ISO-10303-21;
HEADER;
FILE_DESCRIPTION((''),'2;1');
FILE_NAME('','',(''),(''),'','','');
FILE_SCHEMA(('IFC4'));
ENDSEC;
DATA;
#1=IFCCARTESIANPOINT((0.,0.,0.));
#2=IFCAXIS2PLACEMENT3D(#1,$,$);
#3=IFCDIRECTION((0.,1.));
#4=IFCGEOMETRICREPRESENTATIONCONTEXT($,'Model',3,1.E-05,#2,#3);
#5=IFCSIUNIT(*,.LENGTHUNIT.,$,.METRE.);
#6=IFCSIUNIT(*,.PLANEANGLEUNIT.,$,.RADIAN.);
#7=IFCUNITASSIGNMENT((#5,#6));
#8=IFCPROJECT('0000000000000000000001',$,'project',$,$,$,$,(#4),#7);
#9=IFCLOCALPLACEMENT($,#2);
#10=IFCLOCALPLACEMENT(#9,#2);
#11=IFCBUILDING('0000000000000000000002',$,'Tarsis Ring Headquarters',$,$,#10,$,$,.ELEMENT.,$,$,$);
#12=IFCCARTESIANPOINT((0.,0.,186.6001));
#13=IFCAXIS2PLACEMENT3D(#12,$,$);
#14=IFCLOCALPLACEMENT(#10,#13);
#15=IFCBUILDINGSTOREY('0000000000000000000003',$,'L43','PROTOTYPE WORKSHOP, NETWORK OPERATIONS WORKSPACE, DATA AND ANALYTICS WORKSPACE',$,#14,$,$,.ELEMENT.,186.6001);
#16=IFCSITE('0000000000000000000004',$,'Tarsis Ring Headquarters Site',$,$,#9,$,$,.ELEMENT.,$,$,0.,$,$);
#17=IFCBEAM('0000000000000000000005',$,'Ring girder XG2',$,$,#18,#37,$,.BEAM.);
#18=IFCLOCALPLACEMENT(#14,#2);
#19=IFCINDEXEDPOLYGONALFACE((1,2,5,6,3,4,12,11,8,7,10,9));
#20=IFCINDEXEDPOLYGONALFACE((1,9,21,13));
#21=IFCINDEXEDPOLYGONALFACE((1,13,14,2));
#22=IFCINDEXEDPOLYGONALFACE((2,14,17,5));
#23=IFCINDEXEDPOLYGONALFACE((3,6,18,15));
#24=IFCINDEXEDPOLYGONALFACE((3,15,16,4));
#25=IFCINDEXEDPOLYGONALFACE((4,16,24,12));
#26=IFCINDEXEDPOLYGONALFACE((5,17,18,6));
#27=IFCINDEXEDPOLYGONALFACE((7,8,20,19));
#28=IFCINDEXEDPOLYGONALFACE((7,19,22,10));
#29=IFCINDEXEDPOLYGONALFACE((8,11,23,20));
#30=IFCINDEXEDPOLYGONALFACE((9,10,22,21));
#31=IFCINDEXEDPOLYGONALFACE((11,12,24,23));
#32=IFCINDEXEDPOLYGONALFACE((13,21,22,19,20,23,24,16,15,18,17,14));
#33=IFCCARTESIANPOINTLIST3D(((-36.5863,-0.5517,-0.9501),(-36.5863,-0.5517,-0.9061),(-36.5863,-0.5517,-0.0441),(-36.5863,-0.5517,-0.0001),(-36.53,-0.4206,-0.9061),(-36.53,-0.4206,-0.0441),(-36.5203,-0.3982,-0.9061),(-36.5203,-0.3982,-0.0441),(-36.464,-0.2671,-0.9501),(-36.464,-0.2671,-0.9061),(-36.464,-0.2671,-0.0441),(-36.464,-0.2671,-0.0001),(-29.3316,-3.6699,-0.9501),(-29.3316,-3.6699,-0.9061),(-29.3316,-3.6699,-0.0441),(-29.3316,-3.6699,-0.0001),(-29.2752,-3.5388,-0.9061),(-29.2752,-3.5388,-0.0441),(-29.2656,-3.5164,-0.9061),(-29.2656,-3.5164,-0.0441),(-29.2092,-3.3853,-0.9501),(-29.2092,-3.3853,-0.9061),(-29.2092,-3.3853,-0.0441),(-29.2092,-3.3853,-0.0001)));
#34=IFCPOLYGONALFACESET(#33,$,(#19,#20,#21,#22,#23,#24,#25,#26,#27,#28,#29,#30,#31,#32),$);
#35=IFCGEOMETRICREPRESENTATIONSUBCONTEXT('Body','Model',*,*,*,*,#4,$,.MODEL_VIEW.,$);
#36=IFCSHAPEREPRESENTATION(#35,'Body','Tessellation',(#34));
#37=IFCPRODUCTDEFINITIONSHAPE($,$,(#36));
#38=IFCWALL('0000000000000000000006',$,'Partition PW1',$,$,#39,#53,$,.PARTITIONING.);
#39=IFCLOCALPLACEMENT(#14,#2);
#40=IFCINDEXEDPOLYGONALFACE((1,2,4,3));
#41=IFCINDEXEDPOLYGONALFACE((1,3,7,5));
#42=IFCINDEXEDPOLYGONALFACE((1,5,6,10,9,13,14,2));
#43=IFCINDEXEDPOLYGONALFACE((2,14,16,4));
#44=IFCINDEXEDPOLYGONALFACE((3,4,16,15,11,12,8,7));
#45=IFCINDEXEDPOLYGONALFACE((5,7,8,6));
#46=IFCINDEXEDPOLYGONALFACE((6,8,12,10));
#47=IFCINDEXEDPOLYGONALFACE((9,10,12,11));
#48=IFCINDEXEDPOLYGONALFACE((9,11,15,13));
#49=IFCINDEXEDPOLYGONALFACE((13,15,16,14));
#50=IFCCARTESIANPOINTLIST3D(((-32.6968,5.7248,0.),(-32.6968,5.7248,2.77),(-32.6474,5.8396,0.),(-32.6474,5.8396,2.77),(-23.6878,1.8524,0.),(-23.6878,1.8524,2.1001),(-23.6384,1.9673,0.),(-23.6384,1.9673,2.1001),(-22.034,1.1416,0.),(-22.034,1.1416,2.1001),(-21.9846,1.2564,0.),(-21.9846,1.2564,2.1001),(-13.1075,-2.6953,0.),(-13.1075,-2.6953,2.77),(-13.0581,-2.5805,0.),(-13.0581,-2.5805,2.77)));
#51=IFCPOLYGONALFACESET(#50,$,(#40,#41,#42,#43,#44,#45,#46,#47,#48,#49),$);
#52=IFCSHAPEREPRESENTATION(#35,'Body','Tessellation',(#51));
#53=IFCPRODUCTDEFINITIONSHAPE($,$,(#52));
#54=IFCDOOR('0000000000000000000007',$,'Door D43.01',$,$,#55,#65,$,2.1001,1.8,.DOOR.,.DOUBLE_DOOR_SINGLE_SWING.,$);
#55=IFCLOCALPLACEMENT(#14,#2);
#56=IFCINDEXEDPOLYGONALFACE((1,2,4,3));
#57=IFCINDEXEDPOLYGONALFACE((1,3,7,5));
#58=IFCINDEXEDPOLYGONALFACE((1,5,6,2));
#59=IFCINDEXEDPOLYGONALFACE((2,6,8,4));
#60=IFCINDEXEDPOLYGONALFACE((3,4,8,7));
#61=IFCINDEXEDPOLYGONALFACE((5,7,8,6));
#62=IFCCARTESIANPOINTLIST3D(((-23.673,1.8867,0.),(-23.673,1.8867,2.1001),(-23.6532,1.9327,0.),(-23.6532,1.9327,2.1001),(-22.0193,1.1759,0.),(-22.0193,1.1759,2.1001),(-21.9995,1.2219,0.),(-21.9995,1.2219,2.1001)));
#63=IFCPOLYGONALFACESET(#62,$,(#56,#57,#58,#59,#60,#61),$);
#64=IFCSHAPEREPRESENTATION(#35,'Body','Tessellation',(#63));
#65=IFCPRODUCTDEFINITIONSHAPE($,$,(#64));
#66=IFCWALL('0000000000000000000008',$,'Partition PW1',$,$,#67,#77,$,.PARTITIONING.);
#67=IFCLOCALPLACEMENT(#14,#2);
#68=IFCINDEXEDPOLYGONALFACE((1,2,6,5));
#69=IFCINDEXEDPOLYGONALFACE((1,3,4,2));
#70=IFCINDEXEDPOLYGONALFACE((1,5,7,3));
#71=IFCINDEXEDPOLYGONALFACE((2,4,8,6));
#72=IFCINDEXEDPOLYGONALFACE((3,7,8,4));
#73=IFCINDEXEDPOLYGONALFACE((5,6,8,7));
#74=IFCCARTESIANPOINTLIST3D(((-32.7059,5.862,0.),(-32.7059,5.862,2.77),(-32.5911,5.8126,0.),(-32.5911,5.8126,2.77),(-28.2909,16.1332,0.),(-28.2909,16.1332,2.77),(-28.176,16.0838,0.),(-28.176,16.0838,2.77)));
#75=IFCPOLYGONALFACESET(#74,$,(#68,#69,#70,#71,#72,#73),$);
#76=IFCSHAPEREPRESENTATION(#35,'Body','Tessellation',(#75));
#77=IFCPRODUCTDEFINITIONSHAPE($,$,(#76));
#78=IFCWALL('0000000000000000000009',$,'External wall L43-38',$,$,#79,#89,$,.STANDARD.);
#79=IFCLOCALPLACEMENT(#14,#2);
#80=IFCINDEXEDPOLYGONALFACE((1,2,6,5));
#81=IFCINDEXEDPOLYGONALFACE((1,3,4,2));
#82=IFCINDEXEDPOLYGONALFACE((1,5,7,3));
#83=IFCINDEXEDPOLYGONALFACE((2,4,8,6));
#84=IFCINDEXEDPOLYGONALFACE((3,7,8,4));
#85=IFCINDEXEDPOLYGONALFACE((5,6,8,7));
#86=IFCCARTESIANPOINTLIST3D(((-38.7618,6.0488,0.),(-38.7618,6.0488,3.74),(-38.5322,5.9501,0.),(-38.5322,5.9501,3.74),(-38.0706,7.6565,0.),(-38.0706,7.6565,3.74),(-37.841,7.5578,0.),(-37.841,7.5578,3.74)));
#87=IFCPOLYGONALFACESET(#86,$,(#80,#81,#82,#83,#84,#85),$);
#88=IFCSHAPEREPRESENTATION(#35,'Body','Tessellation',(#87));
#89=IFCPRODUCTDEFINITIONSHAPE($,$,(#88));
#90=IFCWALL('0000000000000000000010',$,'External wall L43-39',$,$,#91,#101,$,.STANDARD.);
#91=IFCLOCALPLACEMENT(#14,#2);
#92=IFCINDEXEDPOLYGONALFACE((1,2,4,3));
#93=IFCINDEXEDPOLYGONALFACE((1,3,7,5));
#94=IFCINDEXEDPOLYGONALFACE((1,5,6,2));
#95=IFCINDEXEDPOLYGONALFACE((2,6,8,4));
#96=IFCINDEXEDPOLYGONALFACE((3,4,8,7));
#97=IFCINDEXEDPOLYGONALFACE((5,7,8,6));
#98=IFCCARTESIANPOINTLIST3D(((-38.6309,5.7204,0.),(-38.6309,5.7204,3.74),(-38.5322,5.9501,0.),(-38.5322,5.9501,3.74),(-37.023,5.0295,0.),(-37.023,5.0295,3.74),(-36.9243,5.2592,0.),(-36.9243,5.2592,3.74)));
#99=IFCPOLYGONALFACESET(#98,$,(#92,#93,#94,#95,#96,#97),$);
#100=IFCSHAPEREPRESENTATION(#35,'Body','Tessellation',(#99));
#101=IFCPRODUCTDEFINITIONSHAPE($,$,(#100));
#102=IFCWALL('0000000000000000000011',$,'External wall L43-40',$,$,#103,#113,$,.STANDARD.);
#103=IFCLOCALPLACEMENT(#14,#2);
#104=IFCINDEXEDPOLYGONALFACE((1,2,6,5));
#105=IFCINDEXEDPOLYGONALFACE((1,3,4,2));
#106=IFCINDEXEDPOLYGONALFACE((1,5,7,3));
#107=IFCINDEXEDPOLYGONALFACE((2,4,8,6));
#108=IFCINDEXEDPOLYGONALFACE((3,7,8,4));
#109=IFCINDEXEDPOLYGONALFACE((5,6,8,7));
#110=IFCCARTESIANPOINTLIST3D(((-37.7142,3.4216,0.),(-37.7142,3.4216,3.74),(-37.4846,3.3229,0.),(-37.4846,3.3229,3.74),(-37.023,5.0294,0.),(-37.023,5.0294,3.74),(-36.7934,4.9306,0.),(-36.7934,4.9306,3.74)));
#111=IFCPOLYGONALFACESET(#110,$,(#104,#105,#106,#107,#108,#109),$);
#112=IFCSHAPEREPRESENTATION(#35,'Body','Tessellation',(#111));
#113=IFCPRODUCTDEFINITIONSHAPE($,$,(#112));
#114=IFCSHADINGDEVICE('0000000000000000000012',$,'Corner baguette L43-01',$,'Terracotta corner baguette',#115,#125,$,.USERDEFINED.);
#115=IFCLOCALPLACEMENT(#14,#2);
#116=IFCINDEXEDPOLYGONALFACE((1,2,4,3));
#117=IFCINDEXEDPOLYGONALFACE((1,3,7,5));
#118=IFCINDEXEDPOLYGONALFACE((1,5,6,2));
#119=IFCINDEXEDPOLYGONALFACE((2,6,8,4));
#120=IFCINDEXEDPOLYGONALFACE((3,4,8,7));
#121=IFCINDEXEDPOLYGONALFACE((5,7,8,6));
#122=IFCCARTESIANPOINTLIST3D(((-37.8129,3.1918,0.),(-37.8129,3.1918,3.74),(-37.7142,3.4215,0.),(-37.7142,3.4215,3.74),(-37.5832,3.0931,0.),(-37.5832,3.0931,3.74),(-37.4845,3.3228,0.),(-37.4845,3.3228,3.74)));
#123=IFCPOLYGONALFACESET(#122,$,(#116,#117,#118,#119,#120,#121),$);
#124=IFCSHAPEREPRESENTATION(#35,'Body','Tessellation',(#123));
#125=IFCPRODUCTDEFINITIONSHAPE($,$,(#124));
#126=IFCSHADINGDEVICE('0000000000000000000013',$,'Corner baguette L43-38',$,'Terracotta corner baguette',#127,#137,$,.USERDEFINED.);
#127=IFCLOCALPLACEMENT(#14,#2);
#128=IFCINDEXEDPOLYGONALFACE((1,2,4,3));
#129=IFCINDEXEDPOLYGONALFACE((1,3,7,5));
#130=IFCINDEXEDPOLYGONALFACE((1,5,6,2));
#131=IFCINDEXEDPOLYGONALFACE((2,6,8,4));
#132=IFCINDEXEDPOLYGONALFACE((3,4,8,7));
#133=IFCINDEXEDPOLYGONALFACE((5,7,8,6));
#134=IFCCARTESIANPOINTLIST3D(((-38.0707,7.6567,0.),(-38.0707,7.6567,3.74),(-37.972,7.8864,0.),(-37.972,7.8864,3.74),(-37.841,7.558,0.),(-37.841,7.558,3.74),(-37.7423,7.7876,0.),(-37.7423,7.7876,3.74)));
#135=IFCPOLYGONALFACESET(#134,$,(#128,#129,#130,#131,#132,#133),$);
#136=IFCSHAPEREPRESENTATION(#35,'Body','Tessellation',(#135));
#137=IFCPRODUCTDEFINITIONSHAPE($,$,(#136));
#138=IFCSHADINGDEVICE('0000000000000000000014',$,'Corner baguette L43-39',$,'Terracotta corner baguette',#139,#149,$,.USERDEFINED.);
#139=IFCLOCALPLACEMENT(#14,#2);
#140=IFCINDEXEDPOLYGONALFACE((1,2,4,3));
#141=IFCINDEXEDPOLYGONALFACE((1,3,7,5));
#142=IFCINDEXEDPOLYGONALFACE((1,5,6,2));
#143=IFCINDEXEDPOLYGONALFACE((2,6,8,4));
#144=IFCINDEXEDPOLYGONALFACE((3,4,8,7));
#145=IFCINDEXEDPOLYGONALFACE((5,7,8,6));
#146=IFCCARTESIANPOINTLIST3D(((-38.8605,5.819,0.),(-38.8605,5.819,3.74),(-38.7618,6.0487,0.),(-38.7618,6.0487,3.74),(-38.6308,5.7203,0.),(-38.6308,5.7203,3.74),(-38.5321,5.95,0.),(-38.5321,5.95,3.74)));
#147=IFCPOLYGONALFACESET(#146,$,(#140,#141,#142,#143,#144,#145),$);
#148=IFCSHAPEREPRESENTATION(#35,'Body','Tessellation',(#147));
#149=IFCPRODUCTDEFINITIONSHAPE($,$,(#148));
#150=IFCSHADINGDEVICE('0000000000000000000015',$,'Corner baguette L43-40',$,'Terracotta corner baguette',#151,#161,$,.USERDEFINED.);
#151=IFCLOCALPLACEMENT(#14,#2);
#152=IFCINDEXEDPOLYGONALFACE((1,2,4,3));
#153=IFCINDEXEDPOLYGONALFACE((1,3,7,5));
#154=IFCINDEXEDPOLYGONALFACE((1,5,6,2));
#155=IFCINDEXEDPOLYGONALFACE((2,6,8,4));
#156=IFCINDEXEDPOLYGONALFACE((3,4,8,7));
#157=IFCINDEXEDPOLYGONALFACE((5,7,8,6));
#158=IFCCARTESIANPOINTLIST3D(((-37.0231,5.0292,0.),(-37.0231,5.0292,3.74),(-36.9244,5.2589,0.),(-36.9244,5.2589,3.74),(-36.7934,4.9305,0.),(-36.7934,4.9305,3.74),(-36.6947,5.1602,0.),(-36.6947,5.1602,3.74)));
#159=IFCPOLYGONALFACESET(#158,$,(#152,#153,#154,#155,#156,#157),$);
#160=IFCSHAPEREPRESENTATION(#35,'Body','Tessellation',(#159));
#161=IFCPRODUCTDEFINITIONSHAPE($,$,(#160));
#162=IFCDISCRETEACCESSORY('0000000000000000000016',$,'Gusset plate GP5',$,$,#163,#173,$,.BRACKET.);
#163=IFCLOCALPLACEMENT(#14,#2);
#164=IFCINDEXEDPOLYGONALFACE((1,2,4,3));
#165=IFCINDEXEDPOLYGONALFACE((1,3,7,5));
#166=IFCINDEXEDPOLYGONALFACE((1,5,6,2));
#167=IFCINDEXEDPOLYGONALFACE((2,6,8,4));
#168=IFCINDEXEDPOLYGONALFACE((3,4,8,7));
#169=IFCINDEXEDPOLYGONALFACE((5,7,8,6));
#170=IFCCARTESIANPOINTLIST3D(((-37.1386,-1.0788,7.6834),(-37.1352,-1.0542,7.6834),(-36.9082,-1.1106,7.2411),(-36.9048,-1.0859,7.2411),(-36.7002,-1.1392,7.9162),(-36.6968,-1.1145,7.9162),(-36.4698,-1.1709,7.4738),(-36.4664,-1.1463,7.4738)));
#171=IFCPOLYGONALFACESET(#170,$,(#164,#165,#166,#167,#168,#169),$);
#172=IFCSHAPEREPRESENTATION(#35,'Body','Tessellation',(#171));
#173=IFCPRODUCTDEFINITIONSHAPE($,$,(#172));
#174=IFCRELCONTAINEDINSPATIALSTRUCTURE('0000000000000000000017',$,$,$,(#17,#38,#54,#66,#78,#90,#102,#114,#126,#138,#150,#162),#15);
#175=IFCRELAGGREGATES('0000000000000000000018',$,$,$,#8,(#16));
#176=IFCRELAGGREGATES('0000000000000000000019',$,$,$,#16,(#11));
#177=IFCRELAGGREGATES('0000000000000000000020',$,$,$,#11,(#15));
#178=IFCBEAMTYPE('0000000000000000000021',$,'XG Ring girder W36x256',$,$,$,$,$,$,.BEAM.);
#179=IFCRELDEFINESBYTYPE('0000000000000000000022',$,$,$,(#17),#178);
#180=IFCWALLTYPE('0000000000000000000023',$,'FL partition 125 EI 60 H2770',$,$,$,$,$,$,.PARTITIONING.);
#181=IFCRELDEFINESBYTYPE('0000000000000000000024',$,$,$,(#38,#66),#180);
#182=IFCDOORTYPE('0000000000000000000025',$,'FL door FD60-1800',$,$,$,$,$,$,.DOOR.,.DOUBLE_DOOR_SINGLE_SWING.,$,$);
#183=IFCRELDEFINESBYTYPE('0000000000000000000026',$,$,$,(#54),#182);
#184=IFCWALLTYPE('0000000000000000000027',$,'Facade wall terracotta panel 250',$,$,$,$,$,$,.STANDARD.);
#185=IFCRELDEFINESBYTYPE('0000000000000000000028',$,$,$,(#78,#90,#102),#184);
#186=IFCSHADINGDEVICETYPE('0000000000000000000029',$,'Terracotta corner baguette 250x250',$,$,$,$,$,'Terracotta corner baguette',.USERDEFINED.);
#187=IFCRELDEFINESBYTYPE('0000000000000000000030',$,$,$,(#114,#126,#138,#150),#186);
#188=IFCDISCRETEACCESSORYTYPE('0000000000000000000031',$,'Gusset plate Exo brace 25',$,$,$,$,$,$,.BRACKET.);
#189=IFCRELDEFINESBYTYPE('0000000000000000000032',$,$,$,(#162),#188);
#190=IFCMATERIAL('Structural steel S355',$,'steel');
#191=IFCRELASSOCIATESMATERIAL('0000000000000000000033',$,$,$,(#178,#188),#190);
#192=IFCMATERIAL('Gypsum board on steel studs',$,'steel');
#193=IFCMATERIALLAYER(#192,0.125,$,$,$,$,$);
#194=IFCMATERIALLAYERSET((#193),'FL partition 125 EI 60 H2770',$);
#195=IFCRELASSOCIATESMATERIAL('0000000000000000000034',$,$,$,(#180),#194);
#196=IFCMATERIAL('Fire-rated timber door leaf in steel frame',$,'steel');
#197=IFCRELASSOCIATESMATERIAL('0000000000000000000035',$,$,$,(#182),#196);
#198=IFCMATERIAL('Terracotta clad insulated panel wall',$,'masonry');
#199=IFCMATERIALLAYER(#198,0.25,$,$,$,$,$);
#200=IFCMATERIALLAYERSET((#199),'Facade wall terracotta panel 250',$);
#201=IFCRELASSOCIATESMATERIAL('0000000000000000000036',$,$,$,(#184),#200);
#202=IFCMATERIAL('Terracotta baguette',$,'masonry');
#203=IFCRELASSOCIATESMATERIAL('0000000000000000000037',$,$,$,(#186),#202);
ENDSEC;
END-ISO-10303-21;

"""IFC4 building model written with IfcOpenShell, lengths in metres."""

from ifc_helpers import new_model, si_unit, direction, frame, frame_2d, origin, origin_2d, place, context, subcontext, project, spatial, rectangle, i_section, extrude, material, layer, layer_set, material_profile, profile_set, type_object, element, fill, save


model = new_model("IFC4")

# Units and contexts
model_context = context("Model", 3, precision=1e-05, world=origin(), true_north=direction((0.0, 1.0)))
body_context = subcontext(model_context, "Body", "Model", "MODEL_VIEW")
ifc_project = project(units=[si_unit("LENGTHUNIT", "METRE"), si_unit("PLANEANGLEUNIT", "RADIAN")], contexts=[model_context])

# Site, building, storey
site_placement = place(None, origin())
site = spatial("IfcSite", under=ifc_project, at=site_placement, Name="Tarsis Ring Headquarters Site", CompositionType="ELEMENT", RefElevation=0.0)
building_placement = place(site_placement, origin())
building = spatial("IfcBuilding", under=site, at=building_placement, Name="Tarsis Ring Headquarters", CompositionType="ELEMENT")
storey_placement = place(building_placement, frame((0.0, 0.0, 186.6001)))
storey = spatial("IfcBuildingStorey", under=building, at=storey_placement, Name="L43", Description="PROTOTYPE WORKSHOP, NETWORK OPERATIONS WORKSPACE, DATA AND ANALYTICS WORKSPACE", CompositionType="ELEMENT", Elevation=186.6001)

# Shared definitions
ifc_material_1 = material(Name="Structural steel S355", Category="steel")

# Beam
ifc_material_profile_1 = material_profile(ifc_material_1, i_section(OverallWidth=0.3098, OverallDepth=0.95, WebThickness=0.0244, FlangeThickness=0.0439, at=origin_2d()), Name="W36x256")
ifc_profile_set_1 = profile_set([ifc_material_profile_1], Name="Structural steel S355")
beam_type = type_object("IfcBeamType", Name="XG Ring girder W36x256", PredefinedType="BEAM", material=ifc_profile_set_1)
for number, where, z_axis, x_axis, name in (
    (1, (-36.5251, -0.4094, -0.4751), (0.91873, -0.394886, 0.0), (0.394886, 0.91873, 0.0), "Ring girder XG2"),
):
    element("IfcBeam", number, at=place(storey_placement, frame(where, z_axis=z_axis, x_axis=x_axis)), inside=storey, type_object=beam_type, Name=name, PredefinedType="BEAM", context=body_context, shape_type="SweptSolid", body=[
        extrude(i_section(OverallWidth=0.3098, OverallDepth=0.95, WebThickness=0.0244, FlangeThickness=0.0439, at=origin_2d()), origin(), (0.0, 0.0, 1.0), 7.8965),
    ])

# Wall, opening, door
ifc_material_2 = material(Name="Gypsum board on steel studs", Category="steel")
ifc_layer_1 = layer(ifc_material_2, 0.125)
ifc_layer_set_1 = layer_set([ifc_layer_1], Name="FL partition 125 EI 60 H2770")
wall_type_1 = type_object("IfcWallType", Name="FL partition 125 EI 60 H2770", PredefinedType="PARTITIONING", material=ifc_layer_set_1)
wall_1_placement = place(storey_placement, frame((-32.6721, 5.7822, 0.0), z_axis=(0.0, 0.0, 1.0), x_axis=(0.918725, -0.394899, 0.0)))
wall_1 = element("IfcWall", 2, at=wall_1_placement, inside=storey, type_object=wall_type_1, Name="Partition PW1", PredefinedType="PARTITIONING", context=body_context, shape_type="SweptSolid", body=[
    extrude(rectangle(XDim=21.3223, YDim=0.125, at=frame_2d((10.6611, 0.0))), origin(), (0.0, 0.0, 1.0), 2.77),
])
opening_1_placement = place(wall_1_placement, frame((9.8062, 0.0, 0.0)))
opening_1 = element("IfcOpeningElement", 3, at=opening_1_placement, cuts=wall_1, PredefinedType="OPENING", context=body_context, shape_type="SweptSolid", body=[
    extrude(rectangle(XDim=1.8, YDim=2.1001, at=frame_2d((0.8999, 1.05))), frame((0.0, 0.0725, 0.0), z_axis=(0.0, -1.0, 0.0), x_axis=(1.0, 0.0, 0.0)), (0.0, 0.0, 1.0), 0.145),
])
ifc_material_3 = material(Name="Fire-rated timber door leaf in steel frame", Category="steel")
door_type_1 = type_object("IfcDoorType", Name="FL door FD60-1800", OperationType="DOUBLE_DOOR_SINGLE_SWING", PredefinedType="DOOR", material=ifc_material_3)
door_1_placement = place(opening_1_placement, origin())
door_1 = element("IfcDoor", 4, at=door_1_placement, inside=storey, type_object=door_type_1, Name="Door D43.01", OperationType="DOUBLE_DOOR_SINGLE_SWING", OverallHeight=2.1001, OverallWidth=1.8, PredefinedType="DOOR", context=body_context, shape_type="SweptSolid", body=[
    extrude(rectangle(XDim=1.8, YDim=2.1001, at=frame_2d((0.8999, 1.05))), frame((0.0, 0.0249, 0.0), z_axis=(0.0, -1.0, 0.0), x_axis=(1.0, 0.0, 0.0)), (0.0, 0.0, 1.0), 0.05),
])
fill(opening_1, door_1)

# Wall
wall_2_placement = place(storey_placement, frame((-32.6484, 5.8374, 0.0), z_axis=(0.0, 0.0, 1.0), x_axis=(0.394907, 0.918721, 0.0)))
element("IfcWall", 5, at=wall_2_placement, inside=storey, type_object=wall_type_1, Name="Partition PW1", PredefinedType="PARTITIONING", context=body_context, shape_type="SweptSolid", body=[
    extrude(rectangle(XDim=11.1799, YDim=0.125, at=frame_2d((5.5898, 0.0))), origin(), (0.0, 0.0, 1.0), 2.77),
])

# Shared definitions
ifc_material_4 = material(Name="Terracotta clad insulated panel wall", Category="masonry")
ifc_layer_2 = layer(ifc_material_4, 0.25)
ifc_layer_set_2 = layer_set([ifc_layer_2], Name="Facade wall terracotta panel 250")
wall_type_2 = type_object("IfcWallType", Name="Facade wall terracotta panel 250", PredefinedType="STANDARD", material=ifc_layer_set_2)

# Walls
for number, where, z_axis, x_axis, name in (
    (6, (-37.9558, 7.6072, 0.0), (0.0, 0.0, 1.0), (-0.394963, -0.918697, 0.0), "External wall L43-38"),
    (7, (-38.5815, 5.8352, 0.0), (0.0, 0.0, 1.0), (0.918769, -0.394795, 0.0), "External wall L43-39"),
    (8, (-36.9082, 4.98, 0.0), (0.0, 0.0, 1.0), (-0.394963, -0.918697, 0.0), "External wall L43-40"),
):
    element("IfcWall", number, at=place(storey_placement, frame(where, z_axis=z_axis, x_axis=x_axis)), inside=storey, type_object=wall_type_2, Name=name, PredefinedType="STANDARD", context=body_context, shape_type="SweptSolid", body=[
        extrude(rectangle(XDim=1.75, YDim=0.25, at=frame_2d((0.875, 0.0))), origin(), (0.0, 0.0, 1.0), 3.74),
    ])

# Shading devices
ifc_material_5 = material(Name="Terracotta baguette", Category="masonry")
shading_device_type_1 = type_object("IfcShadingDeviceType", Name="Terracotta corner baguette 250x250", ElementType="Terracotta corner baguette", PredefinedType="USERDEFINED", material=ifc_material_5)
for number, where, z_axis, x_axis, name in (
    (9, (-37.6487, 3.2573, 0.0), (0.0, 0.0, 1.0), (-0.394904, -0.918722, 0.0), "Corner baguette L43-01"),
    (10, (-37.9065, 7.7222, 0.0), (0.0, 0.0, 1.0), (0.918722, -0.394904, 0.0), "Corner baguette L43-38"),
    (11, (-38.6963, 5.8845, 0.0), (0.0, 0.0, 1.0), (-0.394904, -0.918722, 0.0), "Corner baguette L43-39"),
    (12, (-36.8589, 5.0947, 0.0), (0.0, 0.0, 1.0), (0.918722, -0.394904, 0.0), "Corner baguette L43-40"),
):
    element("IfcShadingDevice", number, at=place(storey_placement, frame(where, z_axis=z_axis, x_axis=x_axis)), inside=storey, type_object=shading_device_type_1, Name=name, ObjectType="Terracotta corner baguette", PredefinedType="USERDEFINED", context=body_context, shape_type="SweptSolid", body=[
        extrude(rectangle(XDim=0.25, YDim=0.25, at=origin_2d()), origin(), (0.0, 0.0, 1.0), 3.74),
    ])

# Discrete accessory
ifc_material_profile_2 = material_profile(ifc_material_1, rectangle(XDim=0.0249, YDim=0.5, at=origin_2d()), Name="PL 25x500")
ifc_profile_set_2 = profile_set([ifc_material_profile_2], Name="Structural steel S355")
discrete_accessory_type = type_object("IfcDiscreteAccessoryType", Name="Gusset plate Exo brace 25", PredefinedType="BRACKET", material=ifc_profile_set_2)
discrete_accessory_placement = place(storey_placement, frame((-36.9177, -1.0967, 7.7998), z_axis=(0.461098, -0.063499, -0.885074), x_axis=(0.136424, 0.99065, 0.0)))
element("IfcDiscreteAccessory", 13, at=discrete_accessory_placement, inside=storey, type_object=discrete_accessory_type, Name="Gusset plate GP5", PredefinedType="BRACKET", context=body_context, shape_type="SweptSolid", body=[
    extrude(rectangle(XDim=0.0249, YDim=0.5, at=origin_2d()), origin(), (0.0, 0.0, 1.0), 0.4998),
])

save(model, "model.ifc")
